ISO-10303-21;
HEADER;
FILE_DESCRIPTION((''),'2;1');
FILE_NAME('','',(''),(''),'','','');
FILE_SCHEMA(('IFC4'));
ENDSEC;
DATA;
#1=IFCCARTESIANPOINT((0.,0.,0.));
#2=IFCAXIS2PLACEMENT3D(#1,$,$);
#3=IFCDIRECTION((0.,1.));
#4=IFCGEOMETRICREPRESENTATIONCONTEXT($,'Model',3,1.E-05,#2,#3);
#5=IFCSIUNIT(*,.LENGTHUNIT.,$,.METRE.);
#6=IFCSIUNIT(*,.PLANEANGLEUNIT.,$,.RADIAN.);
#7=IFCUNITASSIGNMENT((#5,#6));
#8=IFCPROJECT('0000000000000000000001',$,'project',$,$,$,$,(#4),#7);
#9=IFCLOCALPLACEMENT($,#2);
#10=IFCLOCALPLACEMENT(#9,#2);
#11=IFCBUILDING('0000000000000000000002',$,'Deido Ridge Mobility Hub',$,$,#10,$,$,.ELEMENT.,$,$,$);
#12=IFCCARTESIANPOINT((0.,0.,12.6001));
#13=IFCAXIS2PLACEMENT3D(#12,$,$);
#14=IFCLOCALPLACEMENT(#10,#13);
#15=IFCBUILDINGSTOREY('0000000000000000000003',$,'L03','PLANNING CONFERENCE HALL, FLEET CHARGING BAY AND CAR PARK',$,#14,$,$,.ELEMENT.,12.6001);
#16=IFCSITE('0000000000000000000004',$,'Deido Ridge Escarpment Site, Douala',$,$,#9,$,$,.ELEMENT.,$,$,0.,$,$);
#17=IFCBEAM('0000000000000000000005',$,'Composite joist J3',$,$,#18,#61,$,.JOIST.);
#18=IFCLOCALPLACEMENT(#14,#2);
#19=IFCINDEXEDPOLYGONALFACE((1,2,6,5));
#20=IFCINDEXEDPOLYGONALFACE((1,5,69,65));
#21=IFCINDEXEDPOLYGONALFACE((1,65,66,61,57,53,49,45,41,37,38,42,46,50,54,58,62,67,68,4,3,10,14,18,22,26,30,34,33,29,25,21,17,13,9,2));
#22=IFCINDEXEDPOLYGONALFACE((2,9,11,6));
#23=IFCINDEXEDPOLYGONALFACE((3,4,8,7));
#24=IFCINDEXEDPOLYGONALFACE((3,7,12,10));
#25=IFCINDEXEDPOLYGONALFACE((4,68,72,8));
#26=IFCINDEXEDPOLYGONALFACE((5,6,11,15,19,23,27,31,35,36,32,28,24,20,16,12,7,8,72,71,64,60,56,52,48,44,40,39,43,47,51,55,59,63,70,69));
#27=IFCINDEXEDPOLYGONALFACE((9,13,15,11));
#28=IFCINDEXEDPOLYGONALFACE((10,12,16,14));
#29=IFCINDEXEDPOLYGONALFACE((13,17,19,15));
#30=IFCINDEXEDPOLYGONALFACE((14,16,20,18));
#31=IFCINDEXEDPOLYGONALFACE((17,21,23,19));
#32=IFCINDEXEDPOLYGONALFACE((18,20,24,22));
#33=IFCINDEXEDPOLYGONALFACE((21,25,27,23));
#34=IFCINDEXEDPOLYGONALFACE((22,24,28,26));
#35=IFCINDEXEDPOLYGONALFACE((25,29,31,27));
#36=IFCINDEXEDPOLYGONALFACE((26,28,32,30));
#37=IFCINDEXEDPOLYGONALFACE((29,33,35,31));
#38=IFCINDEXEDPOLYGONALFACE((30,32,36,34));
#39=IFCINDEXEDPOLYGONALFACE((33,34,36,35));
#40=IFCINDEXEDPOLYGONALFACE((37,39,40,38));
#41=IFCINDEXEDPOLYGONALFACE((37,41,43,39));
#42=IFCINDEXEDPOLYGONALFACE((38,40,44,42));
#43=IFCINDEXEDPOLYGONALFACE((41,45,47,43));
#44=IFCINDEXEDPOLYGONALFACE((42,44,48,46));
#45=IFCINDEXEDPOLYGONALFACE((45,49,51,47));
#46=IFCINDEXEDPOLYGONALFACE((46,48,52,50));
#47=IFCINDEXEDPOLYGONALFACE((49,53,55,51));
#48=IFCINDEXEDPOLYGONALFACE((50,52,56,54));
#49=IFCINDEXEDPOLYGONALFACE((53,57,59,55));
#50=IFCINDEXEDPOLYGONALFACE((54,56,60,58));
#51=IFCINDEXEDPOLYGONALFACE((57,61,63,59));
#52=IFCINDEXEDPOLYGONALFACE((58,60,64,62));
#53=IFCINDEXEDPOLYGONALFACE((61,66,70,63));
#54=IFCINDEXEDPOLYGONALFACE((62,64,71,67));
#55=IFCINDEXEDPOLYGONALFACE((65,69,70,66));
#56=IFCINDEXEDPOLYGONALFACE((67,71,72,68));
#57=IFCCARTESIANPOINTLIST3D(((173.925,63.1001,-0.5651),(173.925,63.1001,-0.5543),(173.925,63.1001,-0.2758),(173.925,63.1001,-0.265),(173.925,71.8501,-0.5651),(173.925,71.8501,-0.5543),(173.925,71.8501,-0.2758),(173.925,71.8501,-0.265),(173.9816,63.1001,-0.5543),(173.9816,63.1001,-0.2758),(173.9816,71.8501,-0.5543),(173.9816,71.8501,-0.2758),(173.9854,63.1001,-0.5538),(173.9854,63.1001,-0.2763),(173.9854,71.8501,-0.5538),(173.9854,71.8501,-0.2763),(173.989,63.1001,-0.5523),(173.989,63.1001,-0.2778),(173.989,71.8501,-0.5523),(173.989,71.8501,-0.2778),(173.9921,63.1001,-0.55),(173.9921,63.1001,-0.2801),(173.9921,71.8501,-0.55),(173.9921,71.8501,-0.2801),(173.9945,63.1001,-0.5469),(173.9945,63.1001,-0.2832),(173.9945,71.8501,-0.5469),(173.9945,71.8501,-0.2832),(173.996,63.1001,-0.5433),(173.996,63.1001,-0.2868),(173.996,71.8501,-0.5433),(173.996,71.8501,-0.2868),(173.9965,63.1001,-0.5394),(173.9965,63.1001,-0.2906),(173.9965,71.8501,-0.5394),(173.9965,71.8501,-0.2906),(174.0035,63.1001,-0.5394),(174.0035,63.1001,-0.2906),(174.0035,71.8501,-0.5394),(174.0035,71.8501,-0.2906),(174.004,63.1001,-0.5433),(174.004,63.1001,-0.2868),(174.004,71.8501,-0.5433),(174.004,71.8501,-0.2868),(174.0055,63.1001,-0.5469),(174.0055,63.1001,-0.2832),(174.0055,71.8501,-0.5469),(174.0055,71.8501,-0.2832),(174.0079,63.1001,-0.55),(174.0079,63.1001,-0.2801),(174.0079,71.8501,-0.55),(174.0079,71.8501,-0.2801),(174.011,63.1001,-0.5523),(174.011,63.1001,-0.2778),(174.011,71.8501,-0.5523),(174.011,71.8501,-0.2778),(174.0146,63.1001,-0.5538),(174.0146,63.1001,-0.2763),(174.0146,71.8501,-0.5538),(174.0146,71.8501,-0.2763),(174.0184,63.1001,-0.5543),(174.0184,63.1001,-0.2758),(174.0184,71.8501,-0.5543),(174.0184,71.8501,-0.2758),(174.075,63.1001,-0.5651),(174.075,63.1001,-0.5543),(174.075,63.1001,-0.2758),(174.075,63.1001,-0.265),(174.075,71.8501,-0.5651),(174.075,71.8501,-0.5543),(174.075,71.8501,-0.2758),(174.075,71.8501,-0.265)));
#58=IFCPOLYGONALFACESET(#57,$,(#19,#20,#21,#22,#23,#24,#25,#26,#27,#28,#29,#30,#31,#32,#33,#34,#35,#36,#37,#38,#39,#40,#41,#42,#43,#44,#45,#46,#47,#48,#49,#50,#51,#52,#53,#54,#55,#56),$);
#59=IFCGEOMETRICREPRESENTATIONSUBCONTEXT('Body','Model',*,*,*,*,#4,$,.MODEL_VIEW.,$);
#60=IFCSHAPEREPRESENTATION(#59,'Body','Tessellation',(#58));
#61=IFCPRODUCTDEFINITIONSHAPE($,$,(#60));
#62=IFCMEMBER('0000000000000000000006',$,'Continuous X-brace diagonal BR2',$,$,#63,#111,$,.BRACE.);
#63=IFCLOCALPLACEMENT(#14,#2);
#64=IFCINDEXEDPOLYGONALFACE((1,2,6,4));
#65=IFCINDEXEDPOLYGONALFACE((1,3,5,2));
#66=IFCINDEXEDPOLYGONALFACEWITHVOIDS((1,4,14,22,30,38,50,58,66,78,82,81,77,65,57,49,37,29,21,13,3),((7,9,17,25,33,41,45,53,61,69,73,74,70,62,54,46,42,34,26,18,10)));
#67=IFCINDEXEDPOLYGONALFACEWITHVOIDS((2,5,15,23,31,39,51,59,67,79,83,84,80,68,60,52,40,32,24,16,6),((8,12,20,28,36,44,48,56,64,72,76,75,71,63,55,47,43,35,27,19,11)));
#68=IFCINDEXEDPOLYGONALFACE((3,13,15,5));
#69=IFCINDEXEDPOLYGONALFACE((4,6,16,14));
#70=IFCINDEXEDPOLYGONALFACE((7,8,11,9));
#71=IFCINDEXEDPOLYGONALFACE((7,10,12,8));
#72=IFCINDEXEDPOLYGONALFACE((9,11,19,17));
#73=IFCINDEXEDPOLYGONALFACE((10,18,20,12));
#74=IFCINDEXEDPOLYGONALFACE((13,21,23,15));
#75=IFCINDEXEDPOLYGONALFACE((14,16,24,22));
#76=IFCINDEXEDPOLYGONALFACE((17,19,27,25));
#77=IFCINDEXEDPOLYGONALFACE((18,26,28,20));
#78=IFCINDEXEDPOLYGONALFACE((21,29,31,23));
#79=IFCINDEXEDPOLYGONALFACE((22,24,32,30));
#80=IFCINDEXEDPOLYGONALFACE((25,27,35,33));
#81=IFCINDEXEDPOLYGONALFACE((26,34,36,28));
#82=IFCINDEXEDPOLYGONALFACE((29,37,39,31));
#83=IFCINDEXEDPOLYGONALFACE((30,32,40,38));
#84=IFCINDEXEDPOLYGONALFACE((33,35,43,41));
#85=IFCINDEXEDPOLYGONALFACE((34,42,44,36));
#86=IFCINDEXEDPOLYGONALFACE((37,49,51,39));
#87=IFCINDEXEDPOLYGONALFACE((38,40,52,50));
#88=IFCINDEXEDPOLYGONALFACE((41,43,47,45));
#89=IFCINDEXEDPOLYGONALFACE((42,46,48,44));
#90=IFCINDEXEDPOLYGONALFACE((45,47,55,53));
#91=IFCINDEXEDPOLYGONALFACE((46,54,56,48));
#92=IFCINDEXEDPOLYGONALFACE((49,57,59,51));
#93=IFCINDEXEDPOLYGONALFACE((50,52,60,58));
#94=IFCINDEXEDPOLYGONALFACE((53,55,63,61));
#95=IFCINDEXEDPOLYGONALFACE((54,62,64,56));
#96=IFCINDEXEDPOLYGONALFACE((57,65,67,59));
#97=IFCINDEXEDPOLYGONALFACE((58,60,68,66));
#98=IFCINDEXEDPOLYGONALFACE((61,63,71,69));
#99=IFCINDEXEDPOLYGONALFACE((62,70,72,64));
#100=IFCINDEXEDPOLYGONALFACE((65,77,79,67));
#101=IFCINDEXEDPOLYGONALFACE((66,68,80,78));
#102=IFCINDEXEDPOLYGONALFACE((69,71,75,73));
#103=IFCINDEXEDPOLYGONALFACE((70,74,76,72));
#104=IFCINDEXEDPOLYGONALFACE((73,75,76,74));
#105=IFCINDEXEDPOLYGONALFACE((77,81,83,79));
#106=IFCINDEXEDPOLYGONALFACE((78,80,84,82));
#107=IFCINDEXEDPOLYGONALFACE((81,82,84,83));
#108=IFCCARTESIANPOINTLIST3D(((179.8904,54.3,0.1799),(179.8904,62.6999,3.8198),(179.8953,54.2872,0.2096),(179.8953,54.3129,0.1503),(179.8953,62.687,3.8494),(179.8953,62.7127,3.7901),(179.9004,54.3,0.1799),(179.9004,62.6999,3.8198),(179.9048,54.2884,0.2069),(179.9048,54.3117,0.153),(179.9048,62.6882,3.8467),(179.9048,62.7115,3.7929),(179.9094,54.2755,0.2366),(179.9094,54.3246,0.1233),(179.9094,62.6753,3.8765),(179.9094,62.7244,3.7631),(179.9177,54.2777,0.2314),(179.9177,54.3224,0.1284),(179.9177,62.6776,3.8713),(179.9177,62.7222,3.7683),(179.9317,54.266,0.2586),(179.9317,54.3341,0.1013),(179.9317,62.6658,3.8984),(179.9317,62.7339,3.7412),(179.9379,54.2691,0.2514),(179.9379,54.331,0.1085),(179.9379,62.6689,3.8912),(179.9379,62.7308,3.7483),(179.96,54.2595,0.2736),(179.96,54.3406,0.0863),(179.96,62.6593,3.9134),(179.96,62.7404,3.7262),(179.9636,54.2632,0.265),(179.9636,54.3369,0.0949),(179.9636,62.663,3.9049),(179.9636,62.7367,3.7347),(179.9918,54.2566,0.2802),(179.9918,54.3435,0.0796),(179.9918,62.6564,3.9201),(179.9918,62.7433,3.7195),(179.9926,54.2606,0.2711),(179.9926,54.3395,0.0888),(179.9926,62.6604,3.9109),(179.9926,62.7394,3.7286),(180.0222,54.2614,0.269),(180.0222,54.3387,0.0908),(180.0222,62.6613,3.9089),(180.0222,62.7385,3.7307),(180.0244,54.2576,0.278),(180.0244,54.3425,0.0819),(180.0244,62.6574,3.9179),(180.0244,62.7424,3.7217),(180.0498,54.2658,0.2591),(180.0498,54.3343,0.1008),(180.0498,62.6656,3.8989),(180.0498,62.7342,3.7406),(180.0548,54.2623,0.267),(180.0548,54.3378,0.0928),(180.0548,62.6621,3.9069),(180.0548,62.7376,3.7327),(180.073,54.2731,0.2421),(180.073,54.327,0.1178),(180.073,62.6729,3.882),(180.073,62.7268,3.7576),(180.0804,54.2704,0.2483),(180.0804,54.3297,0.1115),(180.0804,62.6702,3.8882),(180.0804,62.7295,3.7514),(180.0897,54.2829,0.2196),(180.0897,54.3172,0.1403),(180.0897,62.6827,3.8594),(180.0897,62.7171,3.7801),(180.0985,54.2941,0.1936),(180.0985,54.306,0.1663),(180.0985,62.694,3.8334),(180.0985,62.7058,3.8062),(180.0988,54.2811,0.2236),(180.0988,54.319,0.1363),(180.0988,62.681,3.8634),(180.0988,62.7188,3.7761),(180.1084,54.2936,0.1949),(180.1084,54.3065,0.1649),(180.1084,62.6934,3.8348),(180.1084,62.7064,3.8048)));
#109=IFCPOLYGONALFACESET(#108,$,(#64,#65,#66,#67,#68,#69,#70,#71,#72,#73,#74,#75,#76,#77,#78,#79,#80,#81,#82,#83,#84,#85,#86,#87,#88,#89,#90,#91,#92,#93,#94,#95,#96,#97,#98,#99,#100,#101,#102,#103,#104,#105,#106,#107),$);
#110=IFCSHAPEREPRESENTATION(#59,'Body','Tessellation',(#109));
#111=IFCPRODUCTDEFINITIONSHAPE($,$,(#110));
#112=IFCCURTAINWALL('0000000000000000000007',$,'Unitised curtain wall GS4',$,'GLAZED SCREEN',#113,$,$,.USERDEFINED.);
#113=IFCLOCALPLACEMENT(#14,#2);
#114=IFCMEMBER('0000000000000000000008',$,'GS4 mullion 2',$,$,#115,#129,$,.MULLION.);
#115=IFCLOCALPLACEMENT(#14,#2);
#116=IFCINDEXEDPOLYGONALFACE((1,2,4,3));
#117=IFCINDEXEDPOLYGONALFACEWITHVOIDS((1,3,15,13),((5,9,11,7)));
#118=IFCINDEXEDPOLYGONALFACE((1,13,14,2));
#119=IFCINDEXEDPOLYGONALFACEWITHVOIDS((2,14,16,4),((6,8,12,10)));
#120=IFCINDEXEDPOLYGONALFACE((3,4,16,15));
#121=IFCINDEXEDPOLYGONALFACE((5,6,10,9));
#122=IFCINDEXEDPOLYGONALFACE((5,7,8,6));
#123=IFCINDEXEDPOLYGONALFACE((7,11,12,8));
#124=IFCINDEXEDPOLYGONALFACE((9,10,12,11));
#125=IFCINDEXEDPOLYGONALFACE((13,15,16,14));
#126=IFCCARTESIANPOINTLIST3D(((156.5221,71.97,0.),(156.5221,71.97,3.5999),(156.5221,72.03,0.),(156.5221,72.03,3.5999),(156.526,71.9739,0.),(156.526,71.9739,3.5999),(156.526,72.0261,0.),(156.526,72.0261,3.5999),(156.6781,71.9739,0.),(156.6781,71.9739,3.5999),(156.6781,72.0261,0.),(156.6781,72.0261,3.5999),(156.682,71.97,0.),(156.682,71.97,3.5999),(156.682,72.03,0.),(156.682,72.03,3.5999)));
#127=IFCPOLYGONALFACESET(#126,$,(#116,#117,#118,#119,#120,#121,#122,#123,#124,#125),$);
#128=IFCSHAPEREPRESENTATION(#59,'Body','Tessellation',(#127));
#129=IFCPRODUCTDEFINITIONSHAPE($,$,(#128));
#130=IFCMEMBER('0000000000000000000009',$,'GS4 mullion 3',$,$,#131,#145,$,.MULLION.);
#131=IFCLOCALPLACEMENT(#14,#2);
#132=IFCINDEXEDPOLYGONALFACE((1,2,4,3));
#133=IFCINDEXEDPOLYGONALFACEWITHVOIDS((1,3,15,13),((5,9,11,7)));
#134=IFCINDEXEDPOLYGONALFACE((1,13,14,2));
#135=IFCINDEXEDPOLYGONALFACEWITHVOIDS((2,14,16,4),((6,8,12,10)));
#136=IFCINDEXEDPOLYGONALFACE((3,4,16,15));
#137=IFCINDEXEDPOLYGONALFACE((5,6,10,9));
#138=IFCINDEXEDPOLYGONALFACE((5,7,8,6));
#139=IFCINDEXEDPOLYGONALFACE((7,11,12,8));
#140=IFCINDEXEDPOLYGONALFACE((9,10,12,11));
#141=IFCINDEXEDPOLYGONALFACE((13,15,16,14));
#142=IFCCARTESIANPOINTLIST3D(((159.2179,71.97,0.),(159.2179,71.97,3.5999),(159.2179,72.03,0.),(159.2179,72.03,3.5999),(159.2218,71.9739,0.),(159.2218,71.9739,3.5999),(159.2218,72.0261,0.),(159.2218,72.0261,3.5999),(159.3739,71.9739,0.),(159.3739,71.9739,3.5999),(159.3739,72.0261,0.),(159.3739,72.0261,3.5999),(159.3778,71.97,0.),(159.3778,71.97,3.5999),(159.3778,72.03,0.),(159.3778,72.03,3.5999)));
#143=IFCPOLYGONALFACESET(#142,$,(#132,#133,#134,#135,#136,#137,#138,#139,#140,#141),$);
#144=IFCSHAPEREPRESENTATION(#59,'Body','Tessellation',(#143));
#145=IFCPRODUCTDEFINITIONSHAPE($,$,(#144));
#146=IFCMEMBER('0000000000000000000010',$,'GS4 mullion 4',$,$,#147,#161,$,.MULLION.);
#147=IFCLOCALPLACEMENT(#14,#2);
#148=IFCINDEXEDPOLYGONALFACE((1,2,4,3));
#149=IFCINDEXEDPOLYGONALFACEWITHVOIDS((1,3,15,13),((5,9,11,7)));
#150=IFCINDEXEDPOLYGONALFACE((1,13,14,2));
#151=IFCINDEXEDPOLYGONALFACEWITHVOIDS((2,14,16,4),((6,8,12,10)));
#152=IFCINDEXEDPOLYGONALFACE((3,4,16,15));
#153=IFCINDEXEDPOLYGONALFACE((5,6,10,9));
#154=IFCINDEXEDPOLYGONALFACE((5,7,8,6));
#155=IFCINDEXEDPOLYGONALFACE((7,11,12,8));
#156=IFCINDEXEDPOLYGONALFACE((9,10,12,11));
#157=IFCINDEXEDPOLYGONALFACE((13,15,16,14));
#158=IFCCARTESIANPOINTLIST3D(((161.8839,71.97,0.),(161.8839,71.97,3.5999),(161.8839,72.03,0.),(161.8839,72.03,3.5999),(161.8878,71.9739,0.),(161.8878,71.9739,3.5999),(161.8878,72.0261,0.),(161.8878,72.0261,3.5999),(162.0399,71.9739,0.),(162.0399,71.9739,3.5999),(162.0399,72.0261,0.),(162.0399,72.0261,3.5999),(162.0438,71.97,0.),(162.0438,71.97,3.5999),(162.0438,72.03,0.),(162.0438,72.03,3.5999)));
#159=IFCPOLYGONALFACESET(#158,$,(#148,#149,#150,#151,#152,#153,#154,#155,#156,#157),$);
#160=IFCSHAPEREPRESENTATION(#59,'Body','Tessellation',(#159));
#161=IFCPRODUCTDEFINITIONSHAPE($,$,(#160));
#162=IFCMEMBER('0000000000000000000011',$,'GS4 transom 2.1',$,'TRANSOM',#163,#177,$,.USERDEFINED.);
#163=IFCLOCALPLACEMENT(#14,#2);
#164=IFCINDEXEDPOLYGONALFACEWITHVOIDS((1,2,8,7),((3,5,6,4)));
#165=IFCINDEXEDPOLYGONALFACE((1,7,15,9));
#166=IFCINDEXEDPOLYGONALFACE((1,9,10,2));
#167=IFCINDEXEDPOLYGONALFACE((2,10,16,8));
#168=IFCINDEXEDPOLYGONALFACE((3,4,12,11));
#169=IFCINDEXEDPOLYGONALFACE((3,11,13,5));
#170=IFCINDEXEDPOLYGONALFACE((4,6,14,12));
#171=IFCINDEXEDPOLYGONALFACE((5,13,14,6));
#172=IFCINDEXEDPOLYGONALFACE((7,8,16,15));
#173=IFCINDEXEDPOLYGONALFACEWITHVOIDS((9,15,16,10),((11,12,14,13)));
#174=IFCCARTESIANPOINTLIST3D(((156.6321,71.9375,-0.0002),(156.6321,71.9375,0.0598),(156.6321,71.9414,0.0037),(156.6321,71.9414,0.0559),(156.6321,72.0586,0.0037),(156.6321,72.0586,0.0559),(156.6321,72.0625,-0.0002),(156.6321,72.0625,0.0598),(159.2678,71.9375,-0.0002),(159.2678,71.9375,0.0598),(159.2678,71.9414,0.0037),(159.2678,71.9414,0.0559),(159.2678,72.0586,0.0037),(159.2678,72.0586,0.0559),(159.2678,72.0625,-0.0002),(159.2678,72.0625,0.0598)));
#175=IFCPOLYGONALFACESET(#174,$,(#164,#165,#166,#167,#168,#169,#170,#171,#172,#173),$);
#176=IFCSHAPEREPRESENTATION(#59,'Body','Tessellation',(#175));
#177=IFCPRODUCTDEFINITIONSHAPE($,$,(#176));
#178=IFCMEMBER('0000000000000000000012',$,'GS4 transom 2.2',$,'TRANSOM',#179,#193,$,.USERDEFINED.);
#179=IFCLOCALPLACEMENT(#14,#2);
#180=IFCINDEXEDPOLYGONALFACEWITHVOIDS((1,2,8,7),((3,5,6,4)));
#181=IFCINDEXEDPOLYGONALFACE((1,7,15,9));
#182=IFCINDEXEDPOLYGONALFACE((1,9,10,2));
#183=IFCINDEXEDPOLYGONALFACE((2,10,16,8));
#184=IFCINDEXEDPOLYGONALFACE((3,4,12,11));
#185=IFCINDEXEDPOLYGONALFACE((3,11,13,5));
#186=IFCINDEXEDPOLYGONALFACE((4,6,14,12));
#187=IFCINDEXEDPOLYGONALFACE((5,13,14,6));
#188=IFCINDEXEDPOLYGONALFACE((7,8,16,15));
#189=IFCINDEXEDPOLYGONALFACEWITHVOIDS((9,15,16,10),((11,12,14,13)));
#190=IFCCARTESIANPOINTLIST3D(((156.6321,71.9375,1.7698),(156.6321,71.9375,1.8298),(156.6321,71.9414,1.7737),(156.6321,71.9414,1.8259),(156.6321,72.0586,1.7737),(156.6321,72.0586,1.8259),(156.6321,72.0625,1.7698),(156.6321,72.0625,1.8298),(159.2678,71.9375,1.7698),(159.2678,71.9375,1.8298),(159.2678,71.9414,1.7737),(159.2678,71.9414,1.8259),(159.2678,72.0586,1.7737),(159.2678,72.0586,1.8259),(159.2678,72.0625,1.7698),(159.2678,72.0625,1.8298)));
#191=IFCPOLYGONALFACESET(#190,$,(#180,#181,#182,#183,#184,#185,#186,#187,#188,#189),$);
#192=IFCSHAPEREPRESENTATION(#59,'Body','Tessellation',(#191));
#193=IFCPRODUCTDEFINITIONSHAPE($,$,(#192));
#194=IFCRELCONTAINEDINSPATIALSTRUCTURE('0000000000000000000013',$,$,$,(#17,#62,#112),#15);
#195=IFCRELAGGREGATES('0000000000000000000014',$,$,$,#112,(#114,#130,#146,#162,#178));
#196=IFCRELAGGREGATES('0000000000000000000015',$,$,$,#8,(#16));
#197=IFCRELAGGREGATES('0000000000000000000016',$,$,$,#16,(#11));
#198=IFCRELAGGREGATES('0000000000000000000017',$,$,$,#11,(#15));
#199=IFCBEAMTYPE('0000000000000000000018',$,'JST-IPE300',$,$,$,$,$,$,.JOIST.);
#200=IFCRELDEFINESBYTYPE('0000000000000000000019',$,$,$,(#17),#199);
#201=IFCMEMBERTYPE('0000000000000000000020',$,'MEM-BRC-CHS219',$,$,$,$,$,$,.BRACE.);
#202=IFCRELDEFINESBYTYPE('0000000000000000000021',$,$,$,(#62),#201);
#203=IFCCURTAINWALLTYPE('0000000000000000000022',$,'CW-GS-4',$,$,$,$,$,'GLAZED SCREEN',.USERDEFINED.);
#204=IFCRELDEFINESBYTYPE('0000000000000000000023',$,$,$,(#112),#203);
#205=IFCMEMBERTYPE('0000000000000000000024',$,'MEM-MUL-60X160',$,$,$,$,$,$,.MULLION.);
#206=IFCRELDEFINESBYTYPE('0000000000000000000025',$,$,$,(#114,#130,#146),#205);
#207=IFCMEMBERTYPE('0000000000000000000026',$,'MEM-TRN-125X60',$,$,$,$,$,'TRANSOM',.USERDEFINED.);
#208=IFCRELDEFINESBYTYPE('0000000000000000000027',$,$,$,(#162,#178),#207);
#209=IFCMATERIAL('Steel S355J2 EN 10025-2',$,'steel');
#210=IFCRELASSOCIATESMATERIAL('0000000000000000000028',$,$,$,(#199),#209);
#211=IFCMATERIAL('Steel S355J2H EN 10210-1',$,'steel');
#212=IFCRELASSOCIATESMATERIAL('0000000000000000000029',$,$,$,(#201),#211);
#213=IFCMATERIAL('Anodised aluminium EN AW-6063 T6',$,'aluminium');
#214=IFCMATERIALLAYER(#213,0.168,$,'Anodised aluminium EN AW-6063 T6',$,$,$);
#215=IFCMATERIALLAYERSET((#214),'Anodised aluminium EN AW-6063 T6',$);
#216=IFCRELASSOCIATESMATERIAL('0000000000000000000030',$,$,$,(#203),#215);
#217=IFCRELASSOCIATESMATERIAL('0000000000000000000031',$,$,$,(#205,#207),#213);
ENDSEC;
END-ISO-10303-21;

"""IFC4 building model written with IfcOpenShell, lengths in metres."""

from ifc_helpers import new_model, si_unit, direction, frame, origin, origin_2d, place, context, subcontext, project, spatial, hollow_rectangle, hollow_circle, i_section, extrude, material, layer, layer_set, material_profile, profile_set, type_object, element, aggregate, save


model = new_model("IFC4")

# Units and contexts
model_context = context("Model", 3, precision=1e-05, world=origin(), true_north=direction((0.0, 1.0)))
body_context = subcontext(model_context, "Body", "Model", "MODEL_VIEW")
ifc_project = project(units=[si_unit("LENGTHUNIT", "METRE"), si_unit("PLANEANGLEUNIT", "RADIAN")], contexts=[model_context])

# Site, building, storey
site_placement = place(None, origin())
site = spatial("IfcSite", under=ifc_project, at=site_placement, Name="Deido Ridge Escarpment Site, Douala", CompositionType="ELEMENT", RefElevation=0.0)
building_placement = place(site_placement, origin())
building = spatial("IfcBuilding", under=site, at=building_placement, Name="Deido Ridge Mobility Hub", CompositionType="ELEMENT")
storey_placement = place(building_placement, frame((0.0, 0.0, 12.6001)))
storey = spatial("IfcBuildingStorey", under=building, at=storey_placement, Name="L03", Description="PLANNING CONFERENCE HALL, FLEET CHARGING BAY AND CAR PARK", CompositionType="ELEMENT", Elevation=12.6001)

# Shared definitions
ifc_material_1 = material(Name="Steel S355J2 EN 10025-2", Category="steel")

# Beam
ifc_material_profile_1 = material_profile(ifc_material_1, i_section(OverallWidth=0.1499, OverallDepth=0.3, WebThickness=0.0071, FlangeThickness=0.0107, FilletRadius=0.0149, at=origin_2d()), Name="IPE 300")
ifc_profile_set_1 = profile_set([ifc_material_profile_1], Name="Steel S355J2 EN 10025-2")
beam_type_1 = type_object("IfcBeamType", Name="JST-IPE300", PredefinedType="JOIST", material=ifc_profile_set_1)
for number, where, z_axis, x_axis, name in (
    (1, (174.0, 63.1001, -0.415), (0.0, 1.0, 0.0), (-1.0, 0.0, 0.0), "Composite joist J3"),
):
    element("IfcBeam", number, at=place(storey_placement, frame(where, z_axis=z_axis, x_axis=x_axis)), inside=storey, type_object=beam_type_1, Name=name, PredefinedType="JOIST", context=body_context, shape_type="SweptSolid", body=[
        extrude(i_section(OverallWidth=0.1499, OverallDepth=0.3, WebThickness=0.0071, FlangeThickness=0.0107, FilletRadius=0.0149, at=origin_2d()), origin(), (0.0, 0.0, 1.0), 8.75),
    ])

# Member
ifc_material_2 = material(Name="Steel S355J2H EN 10210-1", Category="steel")
ifc_material_profile_2 = material_profile(ifc_material_2, hollow_circle(Radius=0.1096, WallThickness=0.01, at=origin_2d()), Name="CHS 219.1x10")
ifc_profile_set_2 = profile_set([ifc_material_profile_2], Name="Steel S355J2H EN 10210-1")
member_type_1 = type_object("IfcMemberType", Name="MEM-BRC-CHS219", PredefinedType="BRACE", material=ifc_profile_set_2)
member_1_placement = place(storey_placement, frame((180.0, 54.3, 0.1799), z_axis=(0.0, 0.917558, 0.397601), x_axis=(-1.0, 0.0, 0.0)))
element("IfcMember", 2, at=member_1_placement, inside=storey, type_object=member_type_1, Name="Continuous X-brace diagonal BR2", PredefinedType="BRACE", context=body_context, shape_type="SweptSolid", body=[
    extrude(hollow_circle(Radius=0.1096, WallThickness=0.01, at=origin_2d()), origin(), (0.0, 0.0, 1.0), 9.1545),
])

# Curtain wall, members
ifc_material_3 = material(Name="Anodised aluminium EN AW-6063 T6", Category="aluminium")
ifc_layer_1 = layer(ifc_material_3, 0.168, Name="Anodised aluminium EN AW-6063 T6")
ifc_layer_set_1 = layer_set([ifc_layer_1], Name="Anodised aluminium EN AW-6063 T6")
curtain_wall_type = type_object("IfcCurtainWallType", Name="CW-GS-4", ElementType="GLAZED SCREEN", PredefinedType="USERDEFINED", material=ifc_layer_set_1)
curtain_wall_placement = place(storey_placement, origin())
curtain_wall = element("IfcCurtainWall", 3, at=curtain_wall_placement, inside=storey, type_object=curtain_wall_type, Name="Unitised curtain wall GS4", ObjectType="GLAZED SCREEN", PredefinedType="USERDEFINED")
ifc_material_profile_3 = material_profile(ifc_material_3, hollow_rectangle(XDim=0.0601, YDim=0.1599, WallThickness=0.0039, at=origin_2d()), Name="RHS 60x160x4")
ifc_profile_set_3 = profile_set([ifc_material_profile_3], Name="Anodised aluminium EN AW-6063 T6")
member_type_2 = type_object("IfcMemberType", Name="MEM-MUL-60X160", PredefinedType="MULLION", material=ifc_profile_set_3)
member_2_placement = place(storey_placement, frame((156.6021, 72.0, 0.0), z_axis=(0.0, 0.0, 1.0), x_axis=(0.0, 1.0, 0.0)))
member_2 = element("IfcMember", 4, at=member_2_placement, type_object=member_type_2, Name="GS4 mullion 2", PredefinedType="MULLION", context=body_context, shape_type="SweptSolid", body=[
    extrude(hollow_rectangle(XDim=0.0601, YDim=0.1599, WallThickness=0.0039, at=origin_2d()), origin(), (0.0, 0.0, 1.0), 3.5999),
])
member_3_placement = place(storey_placement, frame((159.2979, 72.0, 0.0), z_axis=(0.0, 0.0, 1.0), x_axis=(0.0, 1.0, 0.0)))
member_3 = element("IfcMember", 5, at=member_3_placement, type_object=member_type_2, Name="GS4 mullion 3", PredefinedType="MULLION", context=body_context, shape_type="SweptSolid", body=[
    extrude(hollow_rectangle(XDim=0.0601, YDim=0.1599, WallThickness=0.0039, at=origin_2d()), origin(), (0.0, 0.0, 1.0), 3.5999),
])
member_4_placement = place(storey_placement, frame((161.9639, 72.0, 0.0), z_axis=(0.0, 0.0, 1.0), x_axis=(0.0, 1.0, 0.0)))
member_4 = element("IfcMember", 6, at=member_4_placement, type_object=member_type_2, Name="GS4 mullion 4", PredefinedType="MULLION", context=body_context, shape_type="SweptSolid", body=[
    extrude(hollow_rectangle(XDim=0.0601, YDim=0.1599, WallThickness=0.0039, at=origin_2d()), origin(), (0.0, 0.0, 1.0), 3.5999),
])
ifc_material_profile_4 = material_profile(ifc_material_3, hollow_rectangle(XDim=0.125, YDim=0.0601, WallThickness=0.0039, at=origin_2d()), Name="RHS 125x60x4")
ifc_profile_set_4 = profile_set([ifc_material_profile_4], Name="Anodised aluminium EN AW-6063 T6")
member_type_3 = type_object("IfcMemberType", Name="MEM-TRN-125X60", ElementType="TRANSOM", PredefinedType="USERDEFINED", material=ifc_profile_set_4)
member_5_placement = place(storey_placement, frame((156.6321, 72.0, 0.0298), z_axis=(1.0, 0.0, 0.0), x_axis=(0.0, 1.0, 0.0)))
member_5 = element("IfcMember", 7, at=member_5_placement, type_object=member_type_3, Name="GS4 transom 2.1", ObjectType="TRANSOM", PredefinedType="USERDEFINED", context=body_context, shape_type="SweptSolid", body=[
    extrude(hollow_rectangle(XDim=0.125, YDim=0.0601, WallThickness=0.0039, at=origin_2d()), origin(), (0.0, 0.0, 1.0), 2.6357),
])
member_6_placement = place(storey_placement, frame((156.6321, 72.0, 1.7998), z_axis=(1.0, 0.0, 0.0), x_axis=(0.0, 1.0, 0.0)))
member_6 = element("IfcMember", 8, at=member_6_placement, type_object=member_type_3, Name="GS4 transom 2.2", ObjectType="TRANSOM", PredefinedType="USERDEFINED", context=body_context, shape_type="SweptSolid", body=[
    extrude(hollow_rectangle(XDim=0.125, YDim=0.0601, WallThickness=0.0039, at=origin_2d()), origin(), (0.0, 0.0, 1.0), 2.6357),
])

aggregate(curtain_wall, [member_2, member_3, member_4, member_5, member_6])

save(model, "model.ifc")
